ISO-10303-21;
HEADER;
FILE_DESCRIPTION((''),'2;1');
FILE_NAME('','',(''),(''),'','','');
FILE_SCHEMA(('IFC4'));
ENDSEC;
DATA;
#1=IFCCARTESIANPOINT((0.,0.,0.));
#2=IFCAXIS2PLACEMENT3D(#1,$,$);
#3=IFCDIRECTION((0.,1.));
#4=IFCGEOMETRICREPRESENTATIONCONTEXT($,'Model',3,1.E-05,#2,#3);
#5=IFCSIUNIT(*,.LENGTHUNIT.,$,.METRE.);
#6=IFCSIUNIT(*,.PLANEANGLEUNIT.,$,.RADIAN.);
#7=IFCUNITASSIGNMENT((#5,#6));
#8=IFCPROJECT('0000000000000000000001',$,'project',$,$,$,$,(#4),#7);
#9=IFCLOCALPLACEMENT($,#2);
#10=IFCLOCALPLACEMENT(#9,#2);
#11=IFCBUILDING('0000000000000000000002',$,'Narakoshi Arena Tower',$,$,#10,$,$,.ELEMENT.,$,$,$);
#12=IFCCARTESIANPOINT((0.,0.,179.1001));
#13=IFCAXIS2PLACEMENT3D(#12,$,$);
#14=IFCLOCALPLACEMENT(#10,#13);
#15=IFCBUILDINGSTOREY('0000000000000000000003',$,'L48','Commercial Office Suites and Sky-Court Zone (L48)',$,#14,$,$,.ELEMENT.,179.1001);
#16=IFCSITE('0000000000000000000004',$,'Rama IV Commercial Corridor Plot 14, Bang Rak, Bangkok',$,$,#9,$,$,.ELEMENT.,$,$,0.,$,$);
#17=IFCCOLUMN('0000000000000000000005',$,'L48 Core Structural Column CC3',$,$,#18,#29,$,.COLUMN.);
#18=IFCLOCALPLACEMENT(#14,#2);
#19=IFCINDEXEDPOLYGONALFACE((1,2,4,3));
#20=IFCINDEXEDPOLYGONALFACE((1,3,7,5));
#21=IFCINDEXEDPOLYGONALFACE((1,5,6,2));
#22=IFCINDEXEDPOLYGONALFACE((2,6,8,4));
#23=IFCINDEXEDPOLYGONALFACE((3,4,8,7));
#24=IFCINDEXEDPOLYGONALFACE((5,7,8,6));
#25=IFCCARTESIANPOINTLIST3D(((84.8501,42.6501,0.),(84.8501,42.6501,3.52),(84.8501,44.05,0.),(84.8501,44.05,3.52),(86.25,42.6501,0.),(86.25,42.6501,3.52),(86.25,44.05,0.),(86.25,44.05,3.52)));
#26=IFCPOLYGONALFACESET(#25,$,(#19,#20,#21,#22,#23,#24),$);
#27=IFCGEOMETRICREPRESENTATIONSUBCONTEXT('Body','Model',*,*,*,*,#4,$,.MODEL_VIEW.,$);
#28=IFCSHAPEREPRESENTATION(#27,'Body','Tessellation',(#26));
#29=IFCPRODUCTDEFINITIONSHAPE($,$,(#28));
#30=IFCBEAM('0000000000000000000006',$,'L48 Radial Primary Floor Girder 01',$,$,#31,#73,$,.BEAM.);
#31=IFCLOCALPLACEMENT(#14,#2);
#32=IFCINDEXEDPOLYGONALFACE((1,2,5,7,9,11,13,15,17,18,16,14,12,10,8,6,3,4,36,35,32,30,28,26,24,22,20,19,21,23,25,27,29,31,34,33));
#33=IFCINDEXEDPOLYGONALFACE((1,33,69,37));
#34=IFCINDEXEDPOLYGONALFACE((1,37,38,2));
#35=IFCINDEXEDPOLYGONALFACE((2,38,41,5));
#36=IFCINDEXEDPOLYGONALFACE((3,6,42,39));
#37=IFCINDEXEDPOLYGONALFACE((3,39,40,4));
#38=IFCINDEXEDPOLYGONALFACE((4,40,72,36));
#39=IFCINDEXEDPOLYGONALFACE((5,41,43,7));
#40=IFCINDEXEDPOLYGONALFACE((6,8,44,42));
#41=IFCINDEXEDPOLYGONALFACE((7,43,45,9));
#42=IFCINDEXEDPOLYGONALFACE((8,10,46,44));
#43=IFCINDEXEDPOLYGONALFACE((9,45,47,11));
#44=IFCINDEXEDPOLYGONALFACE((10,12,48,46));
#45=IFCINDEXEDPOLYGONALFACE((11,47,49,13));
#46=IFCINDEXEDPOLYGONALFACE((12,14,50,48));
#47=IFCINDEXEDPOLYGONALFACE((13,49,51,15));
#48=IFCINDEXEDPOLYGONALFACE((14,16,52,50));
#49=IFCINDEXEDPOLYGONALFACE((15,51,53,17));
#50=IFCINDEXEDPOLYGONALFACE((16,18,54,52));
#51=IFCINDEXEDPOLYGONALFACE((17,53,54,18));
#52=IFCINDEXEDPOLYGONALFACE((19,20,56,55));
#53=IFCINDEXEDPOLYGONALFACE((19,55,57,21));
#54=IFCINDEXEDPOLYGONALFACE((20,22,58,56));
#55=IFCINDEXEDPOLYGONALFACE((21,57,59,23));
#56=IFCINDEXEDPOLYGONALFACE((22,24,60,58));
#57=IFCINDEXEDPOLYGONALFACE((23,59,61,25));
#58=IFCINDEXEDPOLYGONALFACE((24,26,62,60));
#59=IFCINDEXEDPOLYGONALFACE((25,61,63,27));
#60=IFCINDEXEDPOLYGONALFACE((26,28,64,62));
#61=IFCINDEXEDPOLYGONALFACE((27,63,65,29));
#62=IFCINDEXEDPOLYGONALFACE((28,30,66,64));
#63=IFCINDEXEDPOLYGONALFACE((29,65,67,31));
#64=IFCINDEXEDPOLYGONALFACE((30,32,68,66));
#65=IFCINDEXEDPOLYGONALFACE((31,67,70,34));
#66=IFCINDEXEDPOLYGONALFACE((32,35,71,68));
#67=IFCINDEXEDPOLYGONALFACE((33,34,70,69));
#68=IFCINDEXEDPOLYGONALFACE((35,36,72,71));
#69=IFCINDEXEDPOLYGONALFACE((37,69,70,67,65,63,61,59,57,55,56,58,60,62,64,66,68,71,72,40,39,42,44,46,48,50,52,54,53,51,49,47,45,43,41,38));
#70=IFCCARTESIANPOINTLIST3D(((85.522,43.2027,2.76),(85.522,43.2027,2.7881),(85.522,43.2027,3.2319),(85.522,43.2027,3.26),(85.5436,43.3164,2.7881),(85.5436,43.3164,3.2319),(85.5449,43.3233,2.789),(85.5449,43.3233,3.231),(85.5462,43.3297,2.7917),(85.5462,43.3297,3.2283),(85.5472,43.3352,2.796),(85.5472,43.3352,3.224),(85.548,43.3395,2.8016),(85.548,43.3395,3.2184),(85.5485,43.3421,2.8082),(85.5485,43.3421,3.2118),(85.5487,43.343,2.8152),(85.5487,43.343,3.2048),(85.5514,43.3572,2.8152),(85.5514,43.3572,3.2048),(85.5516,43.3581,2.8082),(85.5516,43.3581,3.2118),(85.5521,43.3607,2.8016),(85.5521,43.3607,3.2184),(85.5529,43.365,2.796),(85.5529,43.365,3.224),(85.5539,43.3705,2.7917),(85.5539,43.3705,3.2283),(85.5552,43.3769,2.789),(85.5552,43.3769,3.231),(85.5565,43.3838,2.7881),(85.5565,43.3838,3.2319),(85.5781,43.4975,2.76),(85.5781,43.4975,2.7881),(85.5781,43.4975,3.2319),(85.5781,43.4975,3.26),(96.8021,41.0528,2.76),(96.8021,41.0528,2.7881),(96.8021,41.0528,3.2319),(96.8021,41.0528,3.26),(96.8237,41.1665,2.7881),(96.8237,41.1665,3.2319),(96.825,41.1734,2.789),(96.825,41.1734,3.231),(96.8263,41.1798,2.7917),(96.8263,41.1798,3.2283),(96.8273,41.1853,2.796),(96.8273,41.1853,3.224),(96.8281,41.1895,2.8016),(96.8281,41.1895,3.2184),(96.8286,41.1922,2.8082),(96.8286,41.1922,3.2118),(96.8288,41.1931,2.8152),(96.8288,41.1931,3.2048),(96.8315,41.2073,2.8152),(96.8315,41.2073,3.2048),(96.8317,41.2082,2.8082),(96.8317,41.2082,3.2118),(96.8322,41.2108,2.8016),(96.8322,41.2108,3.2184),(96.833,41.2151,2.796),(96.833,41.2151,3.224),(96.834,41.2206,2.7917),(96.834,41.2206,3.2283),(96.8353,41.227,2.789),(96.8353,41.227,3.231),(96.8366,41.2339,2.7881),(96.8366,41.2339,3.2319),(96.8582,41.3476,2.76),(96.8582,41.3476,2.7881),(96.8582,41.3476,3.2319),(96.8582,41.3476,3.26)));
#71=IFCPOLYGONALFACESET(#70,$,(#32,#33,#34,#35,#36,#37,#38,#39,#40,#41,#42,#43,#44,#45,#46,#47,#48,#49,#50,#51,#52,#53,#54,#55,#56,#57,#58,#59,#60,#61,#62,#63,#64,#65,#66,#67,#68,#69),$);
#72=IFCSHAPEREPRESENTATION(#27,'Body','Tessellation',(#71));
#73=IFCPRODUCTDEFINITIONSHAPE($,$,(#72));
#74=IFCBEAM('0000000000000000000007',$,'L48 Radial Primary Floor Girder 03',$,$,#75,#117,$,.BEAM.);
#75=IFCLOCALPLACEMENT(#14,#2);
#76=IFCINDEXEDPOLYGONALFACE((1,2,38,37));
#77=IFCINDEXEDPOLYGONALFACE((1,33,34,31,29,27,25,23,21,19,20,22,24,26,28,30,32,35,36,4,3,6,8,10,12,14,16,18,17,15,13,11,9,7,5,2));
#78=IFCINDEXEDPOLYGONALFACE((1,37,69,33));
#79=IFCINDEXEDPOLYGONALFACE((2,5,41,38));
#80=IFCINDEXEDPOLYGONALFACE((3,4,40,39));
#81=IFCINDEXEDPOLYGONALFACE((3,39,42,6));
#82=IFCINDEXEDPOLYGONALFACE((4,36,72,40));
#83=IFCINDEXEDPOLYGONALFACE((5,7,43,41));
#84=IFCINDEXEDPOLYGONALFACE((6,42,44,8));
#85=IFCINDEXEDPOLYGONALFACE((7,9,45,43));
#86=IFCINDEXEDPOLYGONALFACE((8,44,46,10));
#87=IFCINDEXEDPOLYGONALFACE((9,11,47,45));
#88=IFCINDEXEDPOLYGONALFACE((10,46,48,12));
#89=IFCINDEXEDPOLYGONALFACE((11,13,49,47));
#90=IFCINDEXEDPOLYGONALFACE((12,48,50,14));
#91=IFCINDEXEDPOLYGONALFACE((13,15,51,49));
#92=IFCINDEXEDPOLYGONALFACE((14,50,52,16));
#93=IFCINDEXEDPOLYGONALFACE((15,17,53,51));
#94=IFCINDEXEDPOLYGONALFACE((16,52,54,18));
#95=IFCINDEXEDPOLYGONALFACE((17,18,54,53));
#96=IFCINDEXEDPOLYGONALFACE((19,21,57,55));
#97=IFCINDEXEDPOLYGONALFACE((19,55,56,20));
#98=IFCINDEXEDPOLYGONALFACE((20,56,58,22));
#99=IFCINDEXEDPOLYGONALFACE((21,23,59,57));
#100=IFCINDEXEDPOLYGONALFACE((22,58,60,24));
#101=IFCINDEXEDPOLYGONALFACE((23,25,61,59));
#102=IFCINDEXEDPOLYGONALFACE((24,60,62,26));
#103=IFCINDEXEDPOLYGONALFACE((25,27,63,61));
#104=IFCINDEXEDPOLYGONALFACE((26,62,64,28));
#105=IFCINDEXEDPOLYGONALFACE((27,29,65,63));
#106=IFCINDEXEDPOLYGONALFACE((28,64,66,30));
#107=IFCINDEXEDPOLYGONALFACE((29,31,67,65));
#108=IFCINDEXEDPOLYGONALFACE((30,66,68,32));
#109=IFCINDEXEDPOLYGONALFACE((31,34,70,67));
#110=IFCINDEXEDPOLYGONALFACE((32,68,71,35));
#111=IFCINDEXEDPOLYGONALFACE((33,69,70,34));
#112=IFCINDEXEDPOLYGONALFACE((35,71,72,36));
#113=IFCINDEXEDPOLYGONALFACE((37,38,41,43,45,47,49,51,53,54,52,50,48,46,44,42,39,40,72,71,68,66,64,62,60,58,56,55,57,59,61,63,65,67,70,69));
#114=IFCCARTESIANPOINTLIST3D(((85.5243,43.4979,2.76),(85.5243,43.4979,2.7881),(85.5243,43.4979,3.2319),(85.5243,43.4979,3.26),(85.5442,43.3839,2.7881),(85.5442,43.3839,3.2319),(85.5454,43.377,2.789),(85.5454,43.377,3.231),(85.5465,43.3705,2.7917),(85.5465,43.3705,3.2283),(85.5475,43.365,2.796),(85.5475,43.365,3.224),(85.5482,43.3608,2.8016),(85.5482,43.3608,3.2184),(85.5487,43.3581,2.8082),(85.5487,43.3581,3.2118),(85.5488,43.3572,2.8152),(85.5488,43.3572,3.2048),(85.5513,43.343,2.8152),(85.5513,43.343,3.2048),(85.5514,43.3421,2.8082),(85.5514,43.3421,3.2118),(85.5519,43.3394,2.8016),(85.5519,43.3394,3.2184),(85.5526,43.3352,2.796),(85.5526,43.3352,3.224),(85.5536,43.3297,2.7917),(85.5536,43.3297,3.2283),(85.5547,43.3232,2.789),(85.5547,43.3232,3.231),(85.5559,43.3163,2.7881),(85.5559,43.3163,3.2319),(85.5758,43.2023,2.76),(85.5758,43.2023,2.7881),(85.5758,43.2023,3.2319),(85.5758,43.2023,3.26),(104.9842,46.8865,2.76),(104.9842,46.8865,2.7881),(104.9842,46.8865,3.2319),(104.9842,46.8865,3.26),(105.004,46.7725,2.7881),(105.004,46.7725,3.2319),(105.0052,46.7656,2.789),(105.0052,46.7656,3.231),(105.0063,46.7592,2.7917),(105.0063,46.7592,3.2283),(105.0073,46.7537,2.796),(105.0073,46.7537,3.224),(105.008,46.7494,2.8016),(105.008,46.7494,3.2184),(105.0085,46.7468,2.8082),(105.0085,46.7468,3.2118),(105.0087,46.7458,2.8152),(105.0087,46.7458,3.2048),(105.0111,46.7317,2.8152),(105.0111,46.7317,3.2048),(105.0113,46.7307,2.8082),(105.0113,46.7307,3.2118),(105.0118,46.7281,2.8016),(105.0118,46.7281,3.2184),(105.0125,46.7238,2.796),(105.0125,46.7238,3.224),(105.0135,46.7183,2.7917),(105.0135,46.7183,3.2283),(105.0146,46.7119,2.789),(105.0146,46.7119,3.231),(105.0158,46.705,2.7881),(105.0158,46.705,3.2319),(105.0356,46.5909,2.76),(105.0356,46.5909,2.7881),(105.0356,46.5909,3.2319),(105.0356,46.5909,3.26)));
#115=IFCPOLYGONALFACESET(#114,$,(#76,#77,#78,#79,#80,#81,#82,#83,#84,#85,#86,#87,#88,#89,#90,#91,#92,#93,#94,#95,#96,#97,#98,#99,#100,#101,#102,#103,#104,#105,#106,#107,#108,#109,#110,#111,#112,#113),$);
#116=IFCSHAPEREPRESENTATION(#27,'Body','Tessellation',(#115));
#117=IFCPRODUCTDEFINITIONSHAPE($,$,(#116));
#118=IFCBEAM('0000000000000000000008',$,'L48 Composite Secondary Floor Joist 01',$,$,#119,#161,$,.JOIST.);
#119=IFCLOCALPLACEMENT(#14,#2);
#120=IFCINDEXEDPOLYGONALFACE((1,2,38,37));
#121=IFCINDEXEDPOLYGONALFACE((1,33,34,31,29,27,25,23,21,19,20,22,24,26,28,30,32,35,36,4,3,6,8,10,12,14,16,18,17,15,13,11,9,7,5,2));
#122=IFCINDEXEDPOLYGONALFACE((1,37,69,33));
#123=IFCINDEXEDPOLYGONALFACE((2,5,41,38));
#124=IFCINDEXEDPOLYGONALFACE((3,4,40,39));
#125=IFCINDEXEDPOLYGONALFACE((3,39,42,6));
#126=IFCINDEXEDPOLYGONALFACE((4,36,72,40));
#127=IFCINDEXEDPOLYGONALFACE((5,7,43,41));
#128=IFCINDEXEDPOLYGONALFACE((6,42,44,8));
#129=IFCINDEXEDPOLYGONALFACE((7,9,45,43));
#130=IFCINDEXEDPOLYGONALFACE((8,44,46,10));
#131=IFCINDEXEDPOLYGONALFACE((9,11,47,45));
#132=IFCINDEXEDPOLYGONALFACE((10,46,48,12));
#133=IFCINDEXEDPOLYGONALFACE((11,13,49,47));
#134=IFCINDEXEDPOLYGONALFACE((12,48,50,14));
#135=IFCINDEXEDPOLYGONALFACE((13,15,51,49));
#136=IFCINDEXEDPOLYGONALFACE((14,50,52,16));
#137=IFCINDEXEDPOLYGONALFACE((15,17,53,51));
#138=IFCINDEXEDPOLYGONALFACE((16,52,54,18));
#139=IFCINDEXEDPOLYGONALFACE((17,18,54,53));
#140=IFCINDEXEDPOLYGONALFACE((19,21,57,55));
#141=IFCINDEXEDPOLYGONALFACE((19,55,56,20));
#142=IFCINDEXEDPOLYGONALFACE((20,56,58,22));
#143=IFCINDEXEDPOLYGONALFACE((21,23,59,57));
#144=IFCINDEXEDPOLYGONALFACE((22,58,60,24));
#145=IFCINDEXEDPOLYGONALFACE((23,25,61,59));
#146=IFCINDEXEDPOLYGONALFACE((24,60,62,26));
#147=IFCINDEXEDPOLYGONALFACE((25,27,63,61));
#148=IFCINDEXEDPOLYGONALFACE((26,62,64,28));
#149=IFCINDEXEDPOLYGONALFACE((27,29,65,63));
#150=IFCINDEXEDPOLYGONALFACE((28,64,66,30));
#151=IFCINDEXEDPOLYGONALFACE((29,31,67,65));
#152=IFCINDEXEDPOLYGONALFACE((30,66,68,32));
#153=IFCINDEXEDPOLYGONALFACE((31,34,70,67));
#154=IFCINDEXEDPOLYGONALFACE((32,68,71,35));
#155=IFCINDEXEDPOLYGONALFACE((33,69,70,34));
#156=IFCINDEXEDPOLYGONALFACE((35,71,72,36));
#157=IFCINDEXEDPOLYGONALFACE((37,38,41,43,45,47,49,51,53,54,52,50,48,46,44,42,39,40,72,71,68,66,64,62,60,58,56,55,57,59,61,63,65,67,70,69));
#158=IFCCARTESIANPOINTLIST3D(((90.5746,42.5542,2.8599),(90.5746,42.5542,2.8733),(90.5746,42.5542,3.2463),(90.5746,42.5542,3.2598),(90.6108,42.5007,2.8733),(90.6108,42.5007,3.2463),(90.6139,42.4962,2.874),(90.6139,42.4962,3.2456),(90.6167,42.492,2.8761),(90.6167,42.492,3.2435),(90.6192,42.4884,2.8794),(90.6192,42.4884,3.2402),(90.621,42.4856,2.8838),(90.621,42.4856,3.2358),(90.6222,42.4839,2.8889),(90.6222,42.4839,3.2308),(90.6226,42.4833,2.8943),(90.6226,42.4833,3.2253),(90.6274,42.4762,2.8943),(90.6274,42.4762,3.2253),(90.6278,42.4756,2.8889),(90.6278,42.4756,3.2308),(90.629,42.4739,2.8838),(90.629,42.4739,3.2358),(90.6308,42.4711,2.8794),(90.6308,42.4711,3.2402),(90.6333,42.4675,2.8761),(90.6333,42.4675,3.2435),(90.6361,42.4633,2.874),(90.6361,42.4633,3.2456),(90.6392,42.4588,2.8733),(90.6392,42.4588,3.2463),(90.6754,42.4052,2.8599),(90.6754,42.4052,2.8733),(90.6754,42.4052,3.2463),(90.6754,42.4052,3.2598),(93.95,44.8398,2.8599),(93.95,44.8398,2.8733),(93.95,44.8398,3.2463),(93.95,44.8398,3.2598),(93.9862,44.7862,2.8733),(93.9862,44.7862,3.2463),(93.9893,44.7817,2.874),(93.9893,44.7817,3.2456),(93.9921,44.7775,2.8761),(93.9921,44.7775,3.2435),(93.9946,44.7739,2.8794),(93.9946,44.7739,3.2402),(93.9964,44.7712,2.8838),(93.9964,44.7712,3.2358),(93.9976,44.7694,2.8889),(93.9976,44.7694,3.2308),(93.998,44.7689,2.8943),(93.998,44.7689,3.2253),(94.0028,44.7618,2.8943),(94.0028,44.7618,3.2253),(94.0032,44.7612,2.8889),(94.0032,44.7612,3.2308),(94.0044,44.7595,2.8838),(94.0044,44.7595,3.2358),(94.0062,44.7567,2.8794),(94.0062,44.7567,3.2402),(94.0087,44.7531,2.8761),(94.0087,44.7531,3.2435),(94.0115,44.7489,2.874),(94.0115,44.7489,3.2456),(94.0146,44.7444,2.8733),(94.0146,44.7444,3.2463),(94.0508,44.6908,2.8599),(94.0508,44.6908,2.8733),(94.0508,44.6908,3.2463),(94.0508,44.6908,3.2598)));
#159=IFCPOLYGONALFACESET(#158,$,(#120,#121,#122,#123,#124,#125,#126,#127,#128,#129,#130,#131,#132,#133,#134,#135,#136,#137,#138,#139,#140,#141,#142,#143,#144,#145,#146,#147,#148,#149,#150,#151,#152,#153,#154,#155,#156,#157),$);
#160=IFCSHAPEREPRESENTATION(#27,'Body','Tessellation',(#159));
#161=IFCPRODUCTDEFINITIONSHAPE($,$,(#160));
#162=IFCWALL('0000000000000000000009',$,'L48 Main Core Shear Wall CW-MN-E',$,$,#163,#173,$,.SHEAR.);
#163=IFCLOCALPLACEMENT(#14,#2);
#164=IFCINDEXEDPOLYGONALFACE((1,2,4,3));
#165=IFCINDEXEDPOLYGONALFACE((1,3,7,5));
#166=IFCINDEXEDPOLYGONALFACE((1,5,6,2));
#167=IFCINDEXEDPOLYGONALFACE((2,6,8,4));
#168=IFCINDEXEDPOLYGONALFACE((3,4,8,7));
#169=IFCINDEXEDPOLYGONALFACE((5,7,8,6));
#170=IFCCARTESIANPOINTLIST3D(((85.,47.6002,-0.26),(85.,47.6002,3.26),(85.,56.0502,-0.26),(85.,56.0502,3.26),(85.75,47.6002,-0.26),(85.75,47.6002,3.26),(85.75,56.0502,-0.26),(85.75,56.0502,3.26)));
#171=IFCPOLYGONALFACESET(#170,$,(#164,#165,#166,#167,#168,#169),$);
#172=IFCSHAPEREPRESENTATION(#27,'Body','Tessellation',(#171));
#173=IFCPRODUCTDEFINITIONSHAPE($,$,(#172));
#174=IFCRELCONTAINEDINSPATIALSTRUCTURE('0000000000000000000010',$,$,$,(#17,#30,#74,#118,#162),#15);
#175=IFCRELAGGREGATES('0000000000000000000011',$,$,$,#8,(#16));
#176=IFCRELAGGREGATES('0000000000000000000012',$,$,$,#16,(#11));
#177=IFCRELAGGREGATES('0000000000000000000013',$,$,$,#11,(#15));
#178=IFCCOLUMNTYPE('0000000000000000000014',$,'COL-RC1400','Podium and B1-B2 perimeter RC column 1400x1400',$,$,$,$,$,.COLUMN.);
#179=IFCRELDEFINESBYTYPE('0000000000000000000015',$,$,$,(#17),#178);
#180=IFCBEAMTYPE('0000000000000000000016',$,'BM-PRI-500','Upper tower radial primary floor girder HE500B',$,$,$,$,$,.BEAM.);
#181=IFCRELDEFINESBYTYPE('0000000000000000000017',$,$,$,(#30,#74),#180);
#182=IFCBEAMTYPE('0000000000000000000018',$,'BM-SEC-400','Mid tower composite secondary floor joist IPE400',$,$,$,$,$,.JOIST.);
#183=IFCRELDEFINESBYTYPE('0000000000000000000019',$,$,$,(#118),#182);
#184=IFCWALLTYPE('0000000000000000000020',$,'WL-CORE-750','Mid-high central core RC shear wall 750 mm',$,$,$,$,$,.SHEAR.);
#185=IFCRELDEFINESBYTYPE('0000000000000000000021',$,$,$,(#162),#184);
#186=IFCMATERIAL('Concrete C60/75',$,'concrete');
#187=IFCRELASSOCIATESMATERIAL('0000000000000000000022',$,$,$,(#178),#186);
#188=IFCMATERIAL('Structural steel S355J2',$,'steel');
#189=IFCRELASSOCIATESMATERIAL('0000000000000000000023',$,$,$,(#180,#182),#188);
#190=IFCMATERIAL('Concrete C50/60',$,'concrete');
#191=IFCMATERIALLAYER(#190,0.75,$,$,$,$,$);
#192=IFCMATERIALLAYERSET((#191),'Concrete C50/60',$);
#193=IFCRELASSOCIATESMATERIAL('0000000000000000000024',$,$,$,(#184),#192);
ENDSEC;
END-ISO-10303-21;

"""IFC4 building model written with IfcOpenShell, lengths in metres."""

from ifc_helpers import new_model, si_unit, direction, frame, frame_2d, origin, origin_2d, place, context, subcontext, project, spatial, rectangle, i_section, extrude, material, layer, layer_set, material_profile, profile_set, type_object, element, save


model = new_model("IFC4")

# Units and contexts
model_context = context("Model", 3, precision=1e-05, world=origin(), true_north=direction((0.0, 1.0)))
body_context = subcontext(model_context, "Body", "Model", "MODEL_VIEW")
ifc_project = project(units=[si_unit("LENGTHUNIT", "METRE"), si_unit("PLANEANGLEUNIT", "RADIAN")], contexts=[model_context])

# Site, building, storey
site_placement = place(None, origin())
site = spatial("IfcSite", under=ifc_project, at=site_placement, Name="Rama IV Commercial Corridor Plot 14, Bang Rak, Bangkok", CompositionType="ELEMENT", RefElevation=0.0)
building_placement = place(site_placement, origin())
building = spatial("IfcBuilding", under=site, at=building_placement, Name="Narakoshi Arena Tower", CompositionType="ELEMENT")
storey_placement = place(building_placement, frame((0.0, 0.0, 179.1001)))
storey = spatial("IfcBuildingStorey", under=building, at=storey_placement, Name="L48", Description="Commercial Office Suites and Sky-Court Zone (L48)", CompositionType="ELEMENT", Elevation=179.1001)

# Column
ifc_material_1 = material(Name="Concrete C60/75", Category="concrete")
ifc_material_profile_1 = material_profile(ifc_material_1, rectangle(XDim=1.3999, YDim=1.3999, at=origin_2d()), Name="RC1400x1400")
ifc_profile_set_1 = profile_set([ifc_material_profile_1], Name="Concrete C60/75")
column_type = type_object("IfcColumnType", Name="COL-RC1400", Description="Podium and B1-B2 perimeter RC column 1400x1400", PredefinedType="COLUMN", material=ifc_profile_set_1)
column_placement = place(storey_placement, frame((85.55, 43.3501, 0.0), z_axis=(0.0, 0.0, 1.0), x_axis=(1.0, 0.0, 0.0)))
element("IfcColumn", 1, at=column_placement, inside=storey, type_object=column_type, Name="L48 Core Structural Column CC3", PredefinedType="COLUMN", context=body_context, shape_type="SweptSolid", body=[
    extrude(rectangle(XDim=1.3999, YDim=1.3999, at=origin_2d()), origin(), (0.0, 0.0, 1.0), 3.52),
])

# Beams
ifc_material_2 = material(Name="Structural steel S355J2", Category="steel")
ifc_material_profile_2 = material_profile(ifc_material_2, i_section(OverallWidth=0.3, OverallDepth=0.5, WebThickness=0.0144, FlangeThickness=0.0281, FilletRadius=0.0271, at=origin_2d()), Name="HE500B")
ifc_profile_set_2 = profile_set([ifc_material_profile_2], Name="Structural steel S355J2")
beam_type_1 = type_object("IfcBeamType", Name="BM-PRI-500", Description="Upper tower radial primary floor girder HE500B", PredefinedType="BEAM", material=ifc_profile_set_2)
beam_1_placement = place(storey_placement, frame((85.55, 43.3501, 3.01), z_axis=(0.982317, -0.187223, 0.0), x_axis=(0.187223, 0.982317, 0.0)))
element("IfcBeam", 2, at=beam_1_placement, inside=storey, type_object=beam_type_1, Name="L48 Radial Primary Floor Girder 01", PredefinedType="BEAM", context=body_context, shape_type="SweptSolid", body=[
    extrude(i_section(OverallWidth=0.3, OverallDepth=0.5, WebThickness=0.0144, FlangeThickness=0.0281, FilletRadius=0.0271, at=origin_2d()), origin(), (0.0, 0.0, 1.0), 11.4832),
])
beam_2_placement = place(storey_placement, frame((85.55, 43.3501, 3.01), z_axis=(0.985175, 0.171554, 0.0), x_axis=(-0.171554, 0.985175, 0.0)))
element("IfcBeam", 3, at=beam_2_placement, inside=storey, type_object=beam_type_1, Name="L48 Radial Primary Floor Girder 03", PredefinedType="BEAM", context=body_context, shape_type="SweptSolid", body=[
    extrude(i_section(OverallWidth=0.3, OverallDepth=0.5, WebThickness=0.0144, FlangeThickness=0.0281, FilletRadius=0.0271, at=origin_2d()), origin(), (0.0, 0.0, 1.0), 19.7527),
])
ifc_material_profile_3 = material_profile(ifc_material_2, i_section(OverallWidth=0.1799, OverallDepth=0.3999, WebThickness=0.0085, FlangeThickness=0.0134, FilletRadius=0.021, at=origin_2d()), Name="IPE400")
ifc_profile_set_3 = profile_set([ifc_material_profile_3], Name="Structural steel S355J2")
beam_type_2 = type_object("IfcBeamType", Name="BM-SEC-400", Description="Mid tower composite secondary floor joist IPE400", PredefinedType="JOIST", material=ifc_profile_set_3)
beam_3_placement = place(storey_placement, frame((90.625, 42.4797, 3.0598), z_axis=(0.82803, 0.560684, 0.0), x_axis=(-0.560684, 0.82803, 0.0)))
element("IfcBeam", 4, at=beam_3_placement, inside=storey, type_object=beam_type_2, Name="L48 Composite Secondary Floor Joist 01", PredefinedType="JOIST", context=body_context, shape_type="SweptSolid", body=[
    extrude(i_section(OverallWidth=0.1799, OverallDepth=0.3999, WebThickness=0.0085, FlangeThickness=0.0134, FilletRadius=0.021, at=origin_2d()), origin(), (0.0, 0.0, 1.0), 4.0764),
])

# Wall
ifc_material_3 = material(Name="Concrete C50/60", Category="concrete")
ifc_layer_1 = layer(ifc_material_3, 0.75)
ifc_layer_set_1 = layer_set([ifc_layer_1], Name="Concrete C50/60")
wall_type_1 = type_object("IfcWallType", Name="WL-CORE-750", Description="Mid-high central core RC shear wall 750 mm", PredefinedType="SHEAR", material=ifc_layer_set_1)
wall_1_placement = place(storey_placement, frame((85.375, 47.6001, -0.26), z_axis=(0.0, 0.0, 1.0), x_axis=(0.0, 1.0, 0.0)))
element("IfcWall", 5, at=wall_1_placement, inside=storey, type_object=wall_type_1, Name="L48 Main Core Shear Wall CW-MN-E", PredefinedType="SHEAR", context=body_context, shape_type="SweptSolid", body=[
    extrude(rectangle(XDim=8.45, YDim=0.75, at=frame_2d((4.2251, 0.0))), origin(), (0.0, 0.0, 1.0), 3.52),
])

save(model, "model.ifc")
